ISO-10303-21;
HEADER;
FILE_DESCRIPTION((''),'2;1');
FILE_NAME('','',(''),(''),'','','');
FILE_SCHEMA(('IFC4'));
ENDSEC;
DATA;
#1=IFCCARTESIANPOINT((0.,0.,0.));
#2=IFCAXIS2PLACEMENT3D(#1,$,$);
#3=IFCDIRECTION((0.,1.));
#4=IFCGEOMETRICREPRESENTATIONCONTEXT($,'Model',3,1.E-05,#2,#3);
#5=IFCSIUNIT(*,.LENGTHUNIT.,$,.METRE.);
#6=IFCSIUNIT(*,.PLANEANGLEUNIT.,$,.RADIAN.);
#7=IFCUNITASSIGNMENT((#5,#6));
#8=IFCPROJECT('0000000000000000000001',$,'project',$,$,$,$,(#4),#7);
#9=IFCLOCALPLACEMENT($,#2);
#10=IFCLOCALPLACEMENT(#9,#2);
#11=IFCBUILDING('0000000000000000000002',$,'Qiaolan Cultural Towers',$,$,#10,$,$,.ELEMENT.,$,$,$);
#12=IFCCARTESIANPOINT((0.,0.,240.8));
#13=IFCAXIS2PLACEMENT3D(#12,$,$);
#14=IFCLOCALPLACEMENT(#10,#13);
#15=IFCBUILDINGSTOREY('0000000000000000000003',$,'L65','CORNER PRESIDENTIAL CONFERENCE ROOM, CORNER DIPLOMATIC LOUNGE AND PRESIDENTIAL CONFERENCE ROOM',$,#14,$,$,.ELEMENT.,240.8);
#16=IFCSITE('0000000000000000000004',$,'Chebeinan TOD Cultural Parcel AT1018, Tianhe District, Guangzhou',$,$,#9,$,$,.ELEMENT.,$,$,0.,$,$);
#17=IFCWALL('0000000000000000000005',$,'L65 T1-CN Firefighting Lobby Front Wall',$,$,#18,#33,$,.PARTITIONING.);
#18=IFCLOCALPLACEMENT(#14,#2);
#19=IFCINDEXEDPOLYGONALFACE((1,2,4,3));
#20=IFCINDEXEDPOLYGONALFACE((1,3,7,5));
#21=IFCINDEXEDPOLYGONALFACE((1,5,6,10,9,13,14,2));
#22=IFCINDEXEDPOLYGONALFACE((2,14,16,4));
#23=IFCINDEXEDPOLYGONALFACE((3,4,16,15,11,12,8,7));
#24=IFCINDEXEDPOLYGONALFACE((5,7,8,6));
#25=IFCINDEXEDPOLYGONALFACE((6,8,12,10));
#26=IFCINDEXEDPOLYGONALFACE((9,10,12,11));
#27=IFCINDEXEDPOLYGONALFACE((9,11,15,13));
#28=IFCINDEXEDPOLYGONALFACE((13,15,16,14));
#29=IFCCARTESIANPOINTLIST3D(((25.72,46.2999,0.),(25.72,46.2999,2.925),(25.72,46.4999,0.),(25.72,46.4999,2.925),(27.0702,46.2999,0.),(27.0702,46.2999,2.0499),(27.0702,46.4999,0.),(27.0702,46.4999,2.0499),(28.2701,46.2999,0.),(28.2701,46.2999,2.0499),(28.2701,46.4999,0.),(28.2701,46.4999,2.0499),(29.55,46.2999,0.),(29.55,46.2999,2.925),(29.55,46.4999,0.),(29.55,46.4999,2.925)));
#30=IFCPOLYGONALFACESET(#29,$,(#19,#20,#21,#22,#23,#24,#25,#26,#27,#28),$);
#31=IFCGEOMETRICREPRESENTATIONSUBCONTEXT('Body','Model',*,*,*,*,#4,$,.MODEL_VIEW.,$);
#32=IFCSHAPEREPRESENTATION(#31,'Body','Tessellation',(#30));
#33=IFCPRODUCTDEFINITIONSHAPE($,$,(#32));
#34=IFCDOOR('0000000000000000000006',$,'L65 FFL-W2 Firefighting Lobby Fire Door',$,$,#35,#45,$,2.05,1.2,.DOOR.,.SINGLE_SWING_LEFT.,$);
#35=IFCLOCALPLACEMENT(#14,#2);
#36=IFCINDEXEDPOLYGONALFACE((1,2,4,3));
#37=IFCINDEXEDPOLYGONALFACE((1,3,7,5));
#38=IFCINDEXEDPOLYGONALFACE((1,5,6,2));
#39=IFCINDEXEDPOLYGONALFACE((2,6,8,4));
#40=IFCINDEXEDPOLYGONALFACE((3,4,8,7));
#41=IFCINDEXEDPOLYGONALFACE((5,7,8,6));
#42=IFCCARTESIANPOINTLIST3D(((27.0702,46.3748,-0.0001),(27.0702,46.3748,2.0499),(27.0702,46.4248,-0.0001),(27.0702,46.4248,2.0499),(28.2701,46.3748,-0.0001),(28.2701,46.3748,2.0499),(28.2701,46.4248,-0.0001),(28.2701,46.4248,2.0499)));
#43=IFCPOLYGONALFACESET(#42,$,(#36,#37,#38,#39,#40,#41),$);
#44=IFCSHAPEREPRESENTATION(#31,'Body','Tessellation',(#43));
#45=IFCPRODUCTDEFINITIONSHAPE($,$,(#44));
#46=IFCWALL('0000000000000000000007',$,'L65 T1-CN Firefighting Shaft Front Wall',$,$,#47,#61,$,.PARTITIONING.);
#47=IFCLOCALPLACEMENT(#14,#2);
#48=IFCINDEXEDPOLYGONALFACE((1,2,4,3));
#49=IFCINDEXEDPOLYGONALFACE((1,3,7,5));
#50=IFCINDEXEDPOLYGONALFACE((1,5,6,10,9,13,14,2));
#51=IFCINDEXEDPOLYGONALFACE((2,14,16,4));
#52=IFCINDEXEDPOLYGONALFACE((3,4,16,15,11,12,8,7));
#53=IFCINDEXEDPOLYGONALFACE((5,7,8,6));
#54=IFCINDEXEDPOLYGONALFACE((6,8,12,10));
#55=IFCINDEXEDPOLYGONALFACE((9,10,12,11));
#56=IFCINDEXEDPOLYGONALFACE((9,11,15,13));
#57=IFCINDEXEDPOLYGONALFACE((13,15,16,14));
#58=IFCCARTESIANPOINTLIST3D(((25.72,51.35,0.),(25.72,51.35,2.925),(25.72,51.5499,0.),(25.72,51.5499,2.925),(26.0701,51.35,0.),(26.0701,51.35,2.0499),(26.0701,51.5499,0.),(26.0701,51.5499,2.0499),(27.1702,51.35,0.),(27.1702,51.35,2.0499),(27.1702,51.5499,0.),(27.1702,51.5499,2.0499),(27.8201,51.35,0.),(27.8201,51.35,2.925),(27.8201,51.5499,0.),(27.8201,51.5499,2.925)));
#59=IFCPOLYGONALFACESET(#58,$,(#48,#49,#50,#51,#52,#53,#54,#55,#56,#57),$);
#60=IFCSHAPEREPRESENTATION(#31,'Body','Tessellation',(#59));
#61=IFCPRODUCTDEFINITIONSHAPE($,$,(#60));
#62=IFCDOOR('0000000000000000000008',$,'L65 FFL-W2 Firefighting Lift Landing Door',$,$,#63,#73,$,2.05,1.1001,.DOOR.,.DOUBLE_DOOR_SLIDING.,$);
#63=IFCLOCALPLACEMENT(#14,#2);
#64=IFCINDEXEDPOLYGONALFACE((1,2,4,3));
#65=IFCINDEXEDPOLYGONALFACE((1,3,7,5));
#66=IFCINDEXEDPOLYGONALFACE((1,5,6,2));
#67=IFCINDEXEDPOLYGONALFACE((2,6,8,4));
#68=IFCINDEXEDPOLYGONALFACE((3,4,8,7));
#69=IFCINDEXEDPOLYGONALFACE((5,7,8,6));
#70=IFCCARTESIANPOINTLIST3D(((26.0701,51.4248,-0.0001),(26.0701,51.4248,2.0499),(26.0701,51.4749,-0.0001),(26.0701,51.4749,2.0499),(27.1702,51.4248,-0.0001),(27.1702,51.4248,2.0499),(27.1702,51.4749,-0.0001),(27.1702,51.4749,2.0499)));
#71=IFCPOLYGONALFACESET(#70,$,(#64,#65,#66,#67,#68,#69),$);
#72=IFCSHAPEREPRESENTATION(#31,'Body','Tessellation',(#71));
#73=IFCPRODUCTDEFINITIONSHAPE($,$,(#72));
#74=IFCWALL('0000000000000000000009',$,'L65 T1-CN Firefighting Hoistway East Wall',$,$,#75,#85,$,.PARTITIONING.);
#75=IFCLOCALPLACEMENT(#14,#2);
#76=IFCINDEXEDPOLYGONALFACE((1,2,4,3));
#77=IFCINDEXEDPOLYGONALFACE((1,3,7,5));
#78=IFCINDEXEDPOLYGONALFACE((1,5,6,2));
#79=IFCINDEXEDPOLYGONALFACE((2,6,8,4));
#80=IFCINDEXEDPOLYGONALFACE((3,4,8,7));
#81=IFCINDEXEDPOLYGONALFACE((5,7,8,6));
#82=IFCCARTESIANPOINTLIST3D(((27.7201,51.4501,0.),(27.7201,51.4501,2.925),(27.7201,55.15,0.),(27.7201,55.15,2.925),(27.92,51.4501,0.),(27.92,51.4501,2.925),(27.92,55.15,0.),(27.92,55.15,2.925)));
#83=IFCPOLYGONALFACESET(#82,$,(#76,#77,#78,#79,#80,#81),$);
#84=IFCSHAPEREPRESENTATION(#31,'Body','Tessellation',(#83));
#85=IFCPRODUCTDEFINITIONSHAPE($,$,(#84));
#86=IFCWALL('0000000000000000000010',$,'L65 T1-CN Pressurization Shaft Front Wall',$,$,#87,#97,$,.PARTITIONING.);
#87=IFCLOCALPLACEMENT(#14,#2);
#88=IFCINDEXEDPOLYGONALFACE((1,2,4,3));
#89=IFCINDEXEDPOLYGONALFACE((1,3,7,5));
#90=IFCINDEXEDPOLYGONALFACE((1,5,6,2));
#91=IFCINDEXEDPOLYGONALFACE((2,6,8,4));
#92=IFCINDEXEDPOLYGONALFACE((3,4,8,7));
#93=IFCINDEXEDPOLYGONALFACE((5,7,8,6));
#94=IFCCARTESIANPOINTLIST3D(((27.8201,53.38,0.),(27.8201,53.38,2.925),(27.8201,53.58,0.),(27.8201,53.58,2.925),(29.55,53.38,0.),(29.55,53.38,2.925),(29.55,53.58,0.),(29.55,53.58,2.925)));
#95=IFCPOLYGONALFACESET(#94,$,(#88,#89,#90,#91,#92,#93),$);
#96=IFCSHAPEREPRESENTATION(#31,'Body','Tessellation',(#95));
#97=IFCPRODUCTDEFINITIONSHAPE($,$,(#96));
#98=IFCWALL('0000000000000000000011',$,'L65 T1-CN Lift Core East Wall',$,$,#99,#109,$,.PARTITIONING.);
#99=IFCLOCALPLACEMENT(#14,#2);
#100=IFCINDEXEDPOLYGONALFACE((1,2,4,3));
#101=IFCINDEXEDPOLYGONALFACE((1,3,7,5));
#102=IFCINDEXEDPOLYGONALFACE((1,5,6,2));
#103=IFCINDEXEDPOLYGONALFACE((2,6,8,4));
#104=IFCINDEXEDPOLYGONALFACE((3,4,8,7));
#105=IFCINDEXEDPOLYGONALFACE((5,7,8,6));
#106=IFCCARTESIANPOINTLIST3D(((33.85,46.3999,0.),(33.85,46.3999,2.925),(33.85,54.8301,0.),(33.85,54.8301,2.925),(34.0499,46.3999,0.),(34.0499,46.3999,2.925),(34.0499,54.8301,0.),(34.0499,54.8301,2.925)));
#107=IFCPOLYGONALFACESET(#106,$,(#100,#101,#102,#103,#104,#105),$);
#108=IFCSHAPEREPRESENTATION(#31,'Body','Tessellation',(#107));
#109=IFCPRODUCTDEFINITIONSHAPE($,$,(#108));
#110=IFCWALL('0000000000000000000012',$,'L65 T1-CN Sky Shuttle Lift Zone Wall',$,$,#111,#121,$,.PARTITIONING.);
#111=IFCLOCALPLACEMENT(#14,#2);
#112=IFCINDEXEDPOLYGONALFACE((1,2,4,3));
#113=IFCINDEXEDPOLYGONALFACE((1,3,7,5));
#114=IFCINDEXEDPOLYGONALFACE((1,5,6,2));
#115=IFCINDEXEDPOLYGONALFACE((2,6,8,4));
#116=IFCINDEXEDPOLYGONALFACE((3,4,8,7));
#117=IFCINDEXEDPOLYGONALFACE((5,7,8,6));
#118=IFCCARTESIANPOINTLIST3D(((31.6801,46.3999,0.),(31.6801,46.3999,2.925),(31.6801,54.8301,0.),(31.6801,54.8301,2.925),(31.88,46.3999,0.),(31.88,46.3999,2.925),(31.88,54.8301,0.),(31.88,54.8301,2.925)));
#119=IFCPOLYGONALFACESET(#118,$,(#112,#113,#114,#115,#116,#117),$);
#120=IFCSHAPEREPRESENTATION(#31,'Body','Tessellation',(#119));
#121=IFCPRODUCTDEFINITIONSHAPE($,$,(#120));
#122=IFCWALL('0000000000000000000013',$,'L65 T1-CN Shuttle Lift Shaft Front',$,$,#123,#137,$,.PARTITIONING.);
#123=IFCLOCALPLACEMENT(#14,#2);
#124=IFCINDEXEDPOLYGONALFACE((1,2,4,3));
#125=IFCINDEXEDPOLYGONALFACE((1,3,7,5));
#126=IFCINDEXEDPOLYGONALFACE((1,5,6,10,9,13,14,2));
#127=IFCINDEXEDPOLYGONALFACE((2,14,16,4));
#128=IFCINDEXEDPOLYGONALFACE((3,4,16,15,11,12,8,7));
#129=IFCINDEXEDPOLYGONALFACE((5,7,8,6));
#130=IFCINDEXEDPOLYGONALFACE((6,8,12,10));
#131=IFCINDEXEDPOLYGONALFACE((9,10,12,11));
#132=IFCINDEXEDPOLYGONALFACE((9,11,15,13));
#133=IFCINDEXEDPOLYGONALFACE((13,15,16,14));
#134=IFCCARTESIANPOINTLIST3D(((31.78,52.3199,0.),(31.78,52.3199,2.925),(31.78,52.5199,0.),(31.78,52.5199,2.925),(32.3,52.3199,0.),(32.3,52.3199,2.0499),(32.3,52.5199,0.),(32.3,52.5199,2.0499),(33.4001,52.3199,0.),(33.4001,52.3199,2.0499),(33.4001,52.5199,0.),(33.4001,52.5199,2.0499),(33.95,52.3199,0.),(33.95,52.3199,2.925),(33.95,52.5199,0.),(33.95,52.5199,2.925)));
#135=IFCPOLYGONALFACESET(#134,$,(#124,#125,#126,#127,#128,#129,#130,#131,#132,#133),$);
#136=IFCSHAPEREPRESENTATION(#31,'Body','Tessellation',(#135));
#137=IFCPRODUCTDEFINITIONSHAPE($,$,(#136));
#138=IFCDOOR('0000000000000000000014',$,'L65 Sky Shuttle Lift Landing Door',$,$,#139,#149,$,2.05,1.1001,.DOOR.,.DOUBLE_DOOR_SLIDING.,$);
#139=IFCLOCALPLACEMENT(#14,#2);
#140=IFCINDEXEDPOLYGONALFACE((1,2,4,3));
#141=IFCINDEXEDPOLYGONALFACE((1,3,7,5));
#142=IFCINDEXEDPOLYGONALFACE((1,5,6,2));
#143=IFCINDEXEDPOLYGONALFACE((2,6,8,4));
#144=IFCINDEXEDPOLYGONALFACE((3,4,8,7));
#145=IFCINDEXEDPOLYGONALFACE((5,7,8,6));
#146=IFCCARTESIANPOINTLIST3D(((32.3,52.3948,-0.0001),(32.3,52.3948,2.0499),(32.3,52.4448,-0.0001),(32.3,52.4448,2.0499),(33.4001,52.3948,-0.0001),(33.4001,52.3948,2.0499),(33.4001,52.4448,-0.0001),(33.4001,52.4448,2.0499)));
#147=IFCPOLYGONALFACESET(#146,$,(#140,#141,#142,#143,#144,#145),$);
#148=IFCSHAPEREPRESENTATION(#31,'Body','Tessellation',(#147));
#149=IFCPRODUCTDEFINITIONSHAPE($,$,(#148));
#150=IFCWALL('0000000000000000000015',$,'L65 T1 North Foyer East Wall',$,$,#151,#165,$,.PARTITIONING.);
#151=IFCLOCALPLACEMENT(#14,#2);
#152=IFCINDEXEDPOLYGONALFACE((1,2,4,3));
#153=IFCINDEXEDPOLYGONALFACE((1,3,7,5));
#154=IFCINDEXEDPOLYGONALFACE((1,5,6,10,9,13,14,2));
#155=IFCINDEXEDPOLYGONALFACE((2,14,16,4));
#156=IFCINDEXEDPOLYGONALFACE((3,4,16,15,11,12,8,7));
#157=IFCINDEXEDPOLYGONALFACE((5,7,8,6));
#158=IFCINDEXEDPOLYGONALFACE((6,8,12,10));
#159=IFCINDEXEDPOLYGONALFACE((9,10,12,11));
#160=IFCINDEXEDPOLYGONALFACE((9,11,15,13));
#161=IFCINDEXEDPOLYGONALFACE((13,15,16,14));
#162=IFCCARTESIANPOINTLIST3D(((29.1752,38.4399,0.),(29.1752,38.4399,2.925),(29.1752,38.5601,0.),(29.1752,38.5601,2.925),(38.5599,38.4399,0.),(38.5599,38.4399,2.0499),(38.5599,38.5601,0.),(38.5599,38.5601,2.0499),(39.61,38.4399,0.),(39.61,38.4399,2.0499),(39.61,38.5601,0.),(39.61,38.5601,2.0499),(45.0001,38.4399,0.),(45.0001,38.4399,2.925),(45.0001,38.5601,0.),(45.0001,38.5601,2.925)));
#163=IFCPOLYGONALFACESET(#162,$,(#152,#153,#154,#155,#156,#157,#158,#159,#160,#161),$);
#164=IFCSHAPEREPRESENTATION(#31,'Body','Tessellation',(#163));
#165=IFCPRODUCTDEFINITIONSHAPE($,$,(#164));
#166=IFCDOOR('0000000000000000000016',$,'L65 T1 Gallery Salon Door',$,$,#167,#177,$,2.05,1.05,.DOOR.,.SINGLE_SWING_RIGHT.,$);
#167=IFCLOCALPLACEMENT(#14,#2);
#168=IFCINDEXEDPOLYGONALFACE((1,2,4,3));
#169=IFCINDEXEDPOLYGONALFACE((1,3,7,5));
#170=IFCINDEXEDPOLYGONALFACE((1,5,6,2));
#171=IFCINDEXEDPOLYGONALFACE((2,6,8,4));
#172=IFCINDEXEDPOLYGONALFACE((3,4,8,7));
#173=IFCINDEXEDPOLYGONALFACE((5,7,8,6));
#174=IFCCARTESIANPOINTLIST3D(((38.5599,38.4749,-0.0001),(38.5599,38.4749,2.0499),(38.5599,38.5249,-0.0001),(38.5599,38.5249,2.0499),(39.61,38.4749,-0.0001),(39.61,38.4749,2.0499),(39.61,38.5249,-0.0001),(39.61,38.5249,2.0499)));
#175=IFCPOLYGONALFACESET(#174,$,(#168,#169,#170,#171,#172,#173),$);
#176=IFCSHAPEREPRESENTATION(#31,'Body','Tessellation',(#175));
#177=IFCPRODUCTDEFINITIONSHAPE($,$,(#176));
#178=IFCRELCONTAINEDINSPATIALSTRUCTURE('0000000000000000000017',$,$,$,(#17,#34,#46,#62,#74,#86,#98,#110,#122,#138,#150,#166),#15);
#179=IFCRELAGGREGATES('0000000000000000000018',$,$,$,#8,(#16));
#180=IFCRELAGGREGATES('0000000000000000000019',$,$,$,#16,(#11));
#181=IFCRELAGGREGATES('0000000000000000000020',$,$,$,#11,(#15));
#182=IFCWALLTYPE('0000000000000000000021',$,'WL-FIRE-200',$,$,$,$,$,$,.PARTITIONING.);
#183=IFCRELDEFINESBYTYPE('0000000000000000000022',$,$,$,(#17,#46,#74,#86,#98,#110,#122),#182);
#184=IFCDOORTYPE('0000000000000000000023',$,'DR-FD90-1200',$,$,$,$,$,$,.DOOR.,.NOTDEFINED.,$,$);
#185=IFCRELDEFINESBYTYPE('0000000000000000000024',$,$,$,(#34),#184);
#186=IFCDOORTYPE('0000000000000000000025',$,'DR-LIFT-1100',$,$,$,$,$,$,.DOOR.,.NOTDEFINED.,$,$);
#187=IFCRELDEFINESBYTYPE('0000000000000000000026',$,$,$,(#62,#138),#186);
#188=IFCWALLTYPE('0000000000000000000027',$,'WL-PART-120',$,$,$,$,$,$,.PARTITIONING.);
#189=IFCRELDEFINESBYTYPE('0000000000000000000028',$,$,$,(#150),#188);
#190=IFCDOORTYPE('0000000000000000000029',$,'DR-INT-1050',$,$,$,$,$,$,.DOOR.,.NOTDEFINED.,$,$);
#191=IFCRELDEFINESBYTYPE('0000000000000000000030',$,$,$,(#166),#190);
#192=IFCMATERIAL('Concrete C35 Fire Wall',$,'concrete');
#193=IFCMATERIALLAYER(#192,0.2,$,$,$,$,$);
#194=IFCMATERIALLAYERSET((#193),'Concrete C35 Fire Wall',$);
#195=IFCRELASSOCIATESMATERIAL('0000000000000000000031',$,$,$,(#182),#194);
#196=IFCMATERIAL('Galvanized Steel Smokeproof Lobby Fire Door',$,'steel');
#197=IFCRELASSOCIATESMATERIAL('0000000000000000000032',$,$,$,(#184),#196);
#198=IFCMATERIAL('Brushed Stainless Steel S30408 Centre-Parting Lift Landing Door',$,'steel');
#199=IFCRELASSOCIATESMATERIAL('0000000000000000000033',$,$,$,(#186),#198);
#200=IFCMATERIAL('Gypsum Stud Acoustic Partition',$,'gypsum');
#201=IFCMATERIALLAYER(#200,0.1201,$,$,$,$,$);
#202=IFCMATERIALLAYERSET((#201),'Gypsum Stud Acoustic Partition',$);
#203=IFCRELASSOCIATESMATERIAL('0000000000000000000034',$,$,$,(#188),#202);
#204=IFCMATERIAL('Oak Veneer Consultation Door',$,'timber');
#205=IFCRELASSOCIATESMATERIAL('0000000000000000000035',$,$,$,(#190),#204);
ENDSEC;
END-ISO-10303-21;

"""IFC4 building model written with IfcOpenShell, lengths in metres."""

from ifc_helpers import new_model, si_unit, direction, frame, frame_2d, origin, place, context, subcontext, project, spatial, rectangle, extrude, material, layer, layer_set, type_object, element, fill, save


model = new_model("IFC4")

# Units and contexts
model_context = context("Model", 3, precision=1e-05, world=origin(), true_north=direction((0.0, 1.0)))
body_context = subcontext(model_context, "Body", "Model", "MODEL_VIEW")
ifc_project = project(units=[si_unit("LENGTHUNIT", "METRE"), si_unit("PLANEANGLEUNIT", "RADIAN")], contexts=[model_context])

# Site, building, storey
site_placement = place(None, origin())
site = spatial("IfcSite", under=ifc_project, at=site_placement, Name="Chebeinan TOD Cultural Parcel AT1018, Tianhe District, Guangzhou", CompositionType="ELEMENT", RefElevation=0.0)
building_placement = place(site_placement, origin())
building = spatial("IfcBuilding", under=site, at=building_placement, Name="Qiaolan Cultural Towers", CompositionType="ELEMENT")
storey_placement = place(building_placement, frame((0.0, 0.0, 240.8)))
storey = spatial("IfcBuildingStorey", under=building, at=storey_placement, Name="L65", Description="CORNER PRESIDENTIAL CONFERENCE ROOM, CORNER DIPLOMATIC LOUNGE AND PRESIDENTIAL CONFERENCE ROOM", CompositionType="ELEMENT", Elevation=240.8)

# Shared definitions
ifc_material_1 = material(Name="Concrete C35 Fire Wall", Category="concrete")
ifc_layer_1 = layer(ifc_material_1, 0.2)
ifc_layer_set_1 = layer_set([ifc_layer_1], Name="Concrete C35 Fire Wall")
wall_type_1 = type_object("IfcWallType", Name="WL-FIRE-200", PredefinedType="PARTITIONING", material=ifc_layer_set_1)

# Walls, openings, doors
wall_1_placement = place(storey_placement, frame((25.72, 46.3999, 0.0), z_axis=(0.0, 0.0, 1.0), x_axis=(1.0, 0.0, 0.0)))
wall_1 = element("IfcWall", 1, at=wall_1_placement, inside=storey, type_object=wall_type_1, Name="L65 T1-CN Firefighting Lobby Front Wall", PredefinedType="PARTITIONING", context=body_context, shape_type="SweptSolid", body=[
    extrude(rectangle(XDim=3.8301, YDim=0.2, at=frame_2d((1.915, 0.0))), origin(), (0.0, 0.0, 1.0), 2.925),
])
opening_1_placement = place(wall_1_placement, frame((1.3501, 0.0, 0.0)))
opening_1 = element("IfcOpeningElement", 2, at=opening_1_placement, cuts=wall_1, PredefinedType="OPENING", context=body_context, shape_type="SweptSolid", body=[
    extrude(rectangle(XDim=1.2, YDim=2.05, at=frame_2d((0.6001, 1.0249))), frame((0.0, 0.1099, 0.0), z_axis=(0.0, -1.0, 0.0), x_axis=(1.0, 0.0, 0.0)), (0.0, 0.0, 1.0), 0.22),
])
ifc_material_2 = material(Name="Galvanized Steel Smokeproof Lobby Fire Door", Category="steel")
door_type_1 = type_object("IfcDoorType", Name="DR-FD90-1200", OperationType="NOTDEFINED", PredefinedType="DOOR", material=ifc_material_2)
door_1_placement = place(opening_1_placement, origin())
door_1 = element("IfcDoor", 3, at=door_1_placement, inside=storey, type_object=door_type_1, Name="L65 FFL-W2 Firefighting Lobby Fire Door", OperationType="SINGLE_SWING_LEFT", OverallHeight=2.05, OverallWidth=1.2, PredefinedType="DOOR", context=body_context, shape_type="SweptSolid", body=[
    extrude(rectangle(XDim=1.2, YDim=2.05, at=frame_2d((0.6001, 1.0249))), frame((0.0, 0.0249, 0.0), z_axis=(0.0, -1.0, 0.0), x_axis=(1.0, 0.0, 0.0)), (0.0, 0.0, 1.0), 0.05),
])
fill(opening_1, door_1)
wall_2_placement = place(storey_placement, frame((25.72, 51.45, 0.0), z_axis=(0.0, 0.0, 1.0), x_axis=(1.0, 0.0, 0.0)))
wall_2 = element("IfcWall", 4, at=wall_2_placement, inside=storey, type_object=wall_type_1, Name="L65 T1-CN Firefighting Shaft Front Wall", PredefinedType="PARTITIONING", context=body_context, shape_type="SweptSolid", body=[
    extrude(rectangle(XDim=2.1001, YDim=0.2, at=frame_2d((1.05, 0.0))), origin(), (0.0, 0.0, 1.0), 2.925),
])
opening_2_placement = place(wall_2_placement, frame((0.3501, 0.0, 0.0)))
opening_2 = element("IfcOpeningElement", 5, at=opening_2_placement, cuts=wall_2, PredefinedType="OPENING", context=body_context, shape_type="SweptSolid", body=[
    extrude(rectangle(XDim=1.1001, YDim=2.05, at=frame_2d((0.55, 1.0249))), frame((0.0, 0.1099, 0.0), z_axis=(0.0, -1.0, 0.0), x_axis=(1.0, 0.0, 0.0)), (0.0, 0.0, 1.0), 0.22),
])
ifc_material_3 = material(Name="Brushed Stainless Steel S30408 Centre-Parting Lift Landing Door", Category="steel")
door_type_2 = type_object("IfcDoorType", Name="DR-LIFT-1100", OperationType="NOTDEFINED", PredefinedType="DOOR", material=ifc_material_3)
door_2_placement = place(opening_2_placement, origin())
door_2 = element("IfcDoor", 6, at=door_2_placement, inside=storey, type_object=door_type_2, Name="L65 FFL-W2 Firefighting Lift Landing Door", OperationType="DOUBLE_DOOR_SLIDING", OverallHeight=2.05, OverallWidth=1.1001, PredefinedType="DOOR", context=body_context, shape_type="SweptSolid", body=[
    extrude(rectangle(XDim=1.1001, YDim=2.05, at=frame_2d((0.55, 1.0249))), frame((0.0, 0.0249, 0.0), z_axis=(0.0, -1.0, 0.0), x_axis=(1.0, 0.0, 0.0)), (0.0, 0.0, 1.0), 0.05),
])
fill(opening_2, door_2)

# Walls
wall_3_placement = place(storey_placement, frame((27.8201, 51.45, 0.0), z_axis=(0.0, 0.0, 1.0), x_axis=(0.0, 1.0, 0.0)))
element("IfcWall", 7, at=wall_3_placement, inside=storey, type_object=wall_type_1, Name="L65 T1-CN Firefighting Hoistway East Wall", PredefinedType="PARTITIONING", context=body_context, shape_type="SweptSolid", body=[
    extrude(rectangle(XDim=3.7, YDim=0.2, at=frame_2d((1.8501, 0.0))), origin(), (0.0, 0.0, 1.0), 2.925),
])
wall_4_placement = place(storey_placement, frame((27.8201, 53.48, 0.0), z_axis=(0.0, 0.0, 1.0), x_axis=(1.0, 0.0, 0.0)))
element("IfcWall", 8, at=wall_4_placement, inside=storey, type_object=wall_type_1, Name="L65 T1-CN Pressurization Shaft Front Wall", PredefinedType="PARTITIONING", context=body_context, shape_type="SweptSolid", body=[
    extrude(rectangle(XDim=1.73, YDim=0.2, at=frame_2d((0.865, 0.0))), origin(), (0.0, 0.0, 1.0), 2.925),
])
for number, where, z_axis, x_axis, name in (
    (9, (33.95, 46.3999, 0.0), (0.0, 0.0, 1.0), (0.0, 1.0, 0.0), "L65 T1-CN Lift Core East Wall"),
    (10, (31.78, 46.3999, 0.0), (0.0, 0.0, 1.0), (0.0, 1.0, 0.0), "L65 T1-CN Sky Shuttle Lift Zone Wall"),
):
    element("IfcWall", number, at=place(storey_placement, frame(where, z_axis=z_axis, x_axis=x_axis)), inside=storey, type_object=wall_type_1, Name=name, PredefinedType="PARTITIONING", context=body_context, shape_type="SweptSolid", body=[
        extrude(rectangle(XDim=8.4302, YDim=0.2, at=frame_2d((4.2151, 0.0))), origin(), (0.0, 0.0, 1.0), 2.925),
    ])

# Walls, openings, doors
wall_5_placement = place(storey_placement, frame((31.78, 52.4199, 0.0), z_axis=(0.0, 0.0, 1.0), x_axis=(1.0, 0.0, 0.0)))
wall_5 = element("IfcWall", 11, at=wall_5_placement, inside=storey, type_object=wall_type_1, Name="L65 T1-CN Shuttle Lift Shaft Front", PredefinedType="PARTITIONING", context=body_context, shape_type="SweptSolid", body=[
    extrude(rectangle(XDim=2.1699, YDim=0.2, at=frame_2d((1.085, 0.0))), origin(), (0.0, 0.0, 1.0), 2.925),
])
opening_3_placement = place(wall_5_placement, frame((0.52, 0.0, 0.0)))
opening_3 = element("IfcOpeningElement", 12, at=opening_3_placement, cuts=wall_5, PredefinedType="OPENING", context=body_context, shape_type="SweptSolid", body=[
    extrude(rectangle(XDim=1.1001, YDim=2.05, at=frame_2d((0.55, 1.0249))), frame((0.0, 0.1099, 0.0), z_axis=(0.0, -1.0, 0.0), x_axis=(1.0, 0.0, 0.0)), (0.0, 0.0, 1.0), 0.22),
])
door_3_placement = place(opening_3_placement, origin())
door_3 = element("IfcDoor", 13, at=door_3_placement, inside=storey, type_object=door_type_2, Name="L65 Sky Shuttle Lift Landing Door", OperationType="DOUBLE_DOOR_SLIDING", OverallHeight=2.05, OverallWidth=1.1001, PredefinedType="DOOR", context=body_context, shape_type="SweptSolid", body=[
    extrude(rectangle(XDim=1.1001, YDim=2.05, at=frame_2d((0.55, 1.0249))), frame((0.0, 0.0249, 0.0), z_axis=(0.0, -1.0, 0.0), x_axis=(1.0, 0.0, 0.0)), (0.0, 0.0, 1.0), 0.05),
])
fill(opening_3, door_3)
ifc_material_4 = material(Name="Gypsum Stud Acoustic Partition", Category="gypsum")
ifc_layer_2 = layer(ifc_material_4, 0.1201)
ifc_layer_set_2 = layer_set([ifc_layer_2], Name="Gypsum Stud Acoustic Partition")
wall_type_2 = type_object("IfcWallType", Name="WL-PART-120", PredefinedType="PARTITIONING", material=ifc_layer_set_2)
wall_6_placement = place(storey_placement, frame((29.175, 38.5, 0.0), z_axis=(0.0, 0.0, 1.0), x_axis=(1.0, 0.0, 0.0)))
wall_6 = element("IfcWall", 14, at=wall_6_placement, inside=storey, type_object=wall_type_2, Name="L65 T1 North Foyer East Wall", PredefinedType="PARTITIONING", context=body_context, shape_type="SweptSolid", body=[
    extrude(rectangle(XDim=15.825, YDim=0.1201, at=frame_2d((7.9126, 0.0))), origin(), (0.0, 0.0, 1.0), 2.925),
])
opening_4_placement = place(wall_6_placement, frame((9.385, 0.0, 0.0)))
opening_4 = element("IfcOpeningElement", 15, at=opening_4_placement, cuts=wall_6, PredefinedType="OPENING", context=body_context, shape_type="SweptSolid", body=[
    extrude(rectangle(XDim=1.05, YDim=2.05, at=frame_2d((0.5249, 1.0249))), frame((0.0, 0.0701, 0.0), z_axis=(0.0, -1.0, 0.0), x_axis=(1.0, 0.0, 0.0)), (0.0, 0.0, 1.0), 0.1401),
])
ifc_material_5 = material(Name="Oak Veneer Consultation Door", Category="timber")
door_type_3 = type_object("IfcDoorType", Name="DR-INT-1050", OperationType="NOTDEFINED", PredefinedType="DOOR", material=ifc_material_5)
door_4_placement = place(opening_4_placement, origin())
door_4 = element("IfcDoor", 16, at=door_4_placement, inside=storey, type_object=door_type_3, Name="L65 T1 Gallery Salon Door", OperationType="SINGLE_SWING_RIGHT", OverallHeight=2.05, OverallWidth=1.05, PredefinedType="DOOR", context=body_context, shape_type="SweptSolid", body=[
    extrude(rectangle(XDim=1.05, YDim=2.05, at=frame_2d((0.5249, 1.0249))), frame((0.0, 0.0249, 0.0), z_axis=(0.0, -1.0, 0.0), x_axis=(1.0, 0.0, 0.0)), (0.0, 0.0, 1.0), 0.05),
])
fill(opening_4, door_4)

save(model, "model.ifc")
